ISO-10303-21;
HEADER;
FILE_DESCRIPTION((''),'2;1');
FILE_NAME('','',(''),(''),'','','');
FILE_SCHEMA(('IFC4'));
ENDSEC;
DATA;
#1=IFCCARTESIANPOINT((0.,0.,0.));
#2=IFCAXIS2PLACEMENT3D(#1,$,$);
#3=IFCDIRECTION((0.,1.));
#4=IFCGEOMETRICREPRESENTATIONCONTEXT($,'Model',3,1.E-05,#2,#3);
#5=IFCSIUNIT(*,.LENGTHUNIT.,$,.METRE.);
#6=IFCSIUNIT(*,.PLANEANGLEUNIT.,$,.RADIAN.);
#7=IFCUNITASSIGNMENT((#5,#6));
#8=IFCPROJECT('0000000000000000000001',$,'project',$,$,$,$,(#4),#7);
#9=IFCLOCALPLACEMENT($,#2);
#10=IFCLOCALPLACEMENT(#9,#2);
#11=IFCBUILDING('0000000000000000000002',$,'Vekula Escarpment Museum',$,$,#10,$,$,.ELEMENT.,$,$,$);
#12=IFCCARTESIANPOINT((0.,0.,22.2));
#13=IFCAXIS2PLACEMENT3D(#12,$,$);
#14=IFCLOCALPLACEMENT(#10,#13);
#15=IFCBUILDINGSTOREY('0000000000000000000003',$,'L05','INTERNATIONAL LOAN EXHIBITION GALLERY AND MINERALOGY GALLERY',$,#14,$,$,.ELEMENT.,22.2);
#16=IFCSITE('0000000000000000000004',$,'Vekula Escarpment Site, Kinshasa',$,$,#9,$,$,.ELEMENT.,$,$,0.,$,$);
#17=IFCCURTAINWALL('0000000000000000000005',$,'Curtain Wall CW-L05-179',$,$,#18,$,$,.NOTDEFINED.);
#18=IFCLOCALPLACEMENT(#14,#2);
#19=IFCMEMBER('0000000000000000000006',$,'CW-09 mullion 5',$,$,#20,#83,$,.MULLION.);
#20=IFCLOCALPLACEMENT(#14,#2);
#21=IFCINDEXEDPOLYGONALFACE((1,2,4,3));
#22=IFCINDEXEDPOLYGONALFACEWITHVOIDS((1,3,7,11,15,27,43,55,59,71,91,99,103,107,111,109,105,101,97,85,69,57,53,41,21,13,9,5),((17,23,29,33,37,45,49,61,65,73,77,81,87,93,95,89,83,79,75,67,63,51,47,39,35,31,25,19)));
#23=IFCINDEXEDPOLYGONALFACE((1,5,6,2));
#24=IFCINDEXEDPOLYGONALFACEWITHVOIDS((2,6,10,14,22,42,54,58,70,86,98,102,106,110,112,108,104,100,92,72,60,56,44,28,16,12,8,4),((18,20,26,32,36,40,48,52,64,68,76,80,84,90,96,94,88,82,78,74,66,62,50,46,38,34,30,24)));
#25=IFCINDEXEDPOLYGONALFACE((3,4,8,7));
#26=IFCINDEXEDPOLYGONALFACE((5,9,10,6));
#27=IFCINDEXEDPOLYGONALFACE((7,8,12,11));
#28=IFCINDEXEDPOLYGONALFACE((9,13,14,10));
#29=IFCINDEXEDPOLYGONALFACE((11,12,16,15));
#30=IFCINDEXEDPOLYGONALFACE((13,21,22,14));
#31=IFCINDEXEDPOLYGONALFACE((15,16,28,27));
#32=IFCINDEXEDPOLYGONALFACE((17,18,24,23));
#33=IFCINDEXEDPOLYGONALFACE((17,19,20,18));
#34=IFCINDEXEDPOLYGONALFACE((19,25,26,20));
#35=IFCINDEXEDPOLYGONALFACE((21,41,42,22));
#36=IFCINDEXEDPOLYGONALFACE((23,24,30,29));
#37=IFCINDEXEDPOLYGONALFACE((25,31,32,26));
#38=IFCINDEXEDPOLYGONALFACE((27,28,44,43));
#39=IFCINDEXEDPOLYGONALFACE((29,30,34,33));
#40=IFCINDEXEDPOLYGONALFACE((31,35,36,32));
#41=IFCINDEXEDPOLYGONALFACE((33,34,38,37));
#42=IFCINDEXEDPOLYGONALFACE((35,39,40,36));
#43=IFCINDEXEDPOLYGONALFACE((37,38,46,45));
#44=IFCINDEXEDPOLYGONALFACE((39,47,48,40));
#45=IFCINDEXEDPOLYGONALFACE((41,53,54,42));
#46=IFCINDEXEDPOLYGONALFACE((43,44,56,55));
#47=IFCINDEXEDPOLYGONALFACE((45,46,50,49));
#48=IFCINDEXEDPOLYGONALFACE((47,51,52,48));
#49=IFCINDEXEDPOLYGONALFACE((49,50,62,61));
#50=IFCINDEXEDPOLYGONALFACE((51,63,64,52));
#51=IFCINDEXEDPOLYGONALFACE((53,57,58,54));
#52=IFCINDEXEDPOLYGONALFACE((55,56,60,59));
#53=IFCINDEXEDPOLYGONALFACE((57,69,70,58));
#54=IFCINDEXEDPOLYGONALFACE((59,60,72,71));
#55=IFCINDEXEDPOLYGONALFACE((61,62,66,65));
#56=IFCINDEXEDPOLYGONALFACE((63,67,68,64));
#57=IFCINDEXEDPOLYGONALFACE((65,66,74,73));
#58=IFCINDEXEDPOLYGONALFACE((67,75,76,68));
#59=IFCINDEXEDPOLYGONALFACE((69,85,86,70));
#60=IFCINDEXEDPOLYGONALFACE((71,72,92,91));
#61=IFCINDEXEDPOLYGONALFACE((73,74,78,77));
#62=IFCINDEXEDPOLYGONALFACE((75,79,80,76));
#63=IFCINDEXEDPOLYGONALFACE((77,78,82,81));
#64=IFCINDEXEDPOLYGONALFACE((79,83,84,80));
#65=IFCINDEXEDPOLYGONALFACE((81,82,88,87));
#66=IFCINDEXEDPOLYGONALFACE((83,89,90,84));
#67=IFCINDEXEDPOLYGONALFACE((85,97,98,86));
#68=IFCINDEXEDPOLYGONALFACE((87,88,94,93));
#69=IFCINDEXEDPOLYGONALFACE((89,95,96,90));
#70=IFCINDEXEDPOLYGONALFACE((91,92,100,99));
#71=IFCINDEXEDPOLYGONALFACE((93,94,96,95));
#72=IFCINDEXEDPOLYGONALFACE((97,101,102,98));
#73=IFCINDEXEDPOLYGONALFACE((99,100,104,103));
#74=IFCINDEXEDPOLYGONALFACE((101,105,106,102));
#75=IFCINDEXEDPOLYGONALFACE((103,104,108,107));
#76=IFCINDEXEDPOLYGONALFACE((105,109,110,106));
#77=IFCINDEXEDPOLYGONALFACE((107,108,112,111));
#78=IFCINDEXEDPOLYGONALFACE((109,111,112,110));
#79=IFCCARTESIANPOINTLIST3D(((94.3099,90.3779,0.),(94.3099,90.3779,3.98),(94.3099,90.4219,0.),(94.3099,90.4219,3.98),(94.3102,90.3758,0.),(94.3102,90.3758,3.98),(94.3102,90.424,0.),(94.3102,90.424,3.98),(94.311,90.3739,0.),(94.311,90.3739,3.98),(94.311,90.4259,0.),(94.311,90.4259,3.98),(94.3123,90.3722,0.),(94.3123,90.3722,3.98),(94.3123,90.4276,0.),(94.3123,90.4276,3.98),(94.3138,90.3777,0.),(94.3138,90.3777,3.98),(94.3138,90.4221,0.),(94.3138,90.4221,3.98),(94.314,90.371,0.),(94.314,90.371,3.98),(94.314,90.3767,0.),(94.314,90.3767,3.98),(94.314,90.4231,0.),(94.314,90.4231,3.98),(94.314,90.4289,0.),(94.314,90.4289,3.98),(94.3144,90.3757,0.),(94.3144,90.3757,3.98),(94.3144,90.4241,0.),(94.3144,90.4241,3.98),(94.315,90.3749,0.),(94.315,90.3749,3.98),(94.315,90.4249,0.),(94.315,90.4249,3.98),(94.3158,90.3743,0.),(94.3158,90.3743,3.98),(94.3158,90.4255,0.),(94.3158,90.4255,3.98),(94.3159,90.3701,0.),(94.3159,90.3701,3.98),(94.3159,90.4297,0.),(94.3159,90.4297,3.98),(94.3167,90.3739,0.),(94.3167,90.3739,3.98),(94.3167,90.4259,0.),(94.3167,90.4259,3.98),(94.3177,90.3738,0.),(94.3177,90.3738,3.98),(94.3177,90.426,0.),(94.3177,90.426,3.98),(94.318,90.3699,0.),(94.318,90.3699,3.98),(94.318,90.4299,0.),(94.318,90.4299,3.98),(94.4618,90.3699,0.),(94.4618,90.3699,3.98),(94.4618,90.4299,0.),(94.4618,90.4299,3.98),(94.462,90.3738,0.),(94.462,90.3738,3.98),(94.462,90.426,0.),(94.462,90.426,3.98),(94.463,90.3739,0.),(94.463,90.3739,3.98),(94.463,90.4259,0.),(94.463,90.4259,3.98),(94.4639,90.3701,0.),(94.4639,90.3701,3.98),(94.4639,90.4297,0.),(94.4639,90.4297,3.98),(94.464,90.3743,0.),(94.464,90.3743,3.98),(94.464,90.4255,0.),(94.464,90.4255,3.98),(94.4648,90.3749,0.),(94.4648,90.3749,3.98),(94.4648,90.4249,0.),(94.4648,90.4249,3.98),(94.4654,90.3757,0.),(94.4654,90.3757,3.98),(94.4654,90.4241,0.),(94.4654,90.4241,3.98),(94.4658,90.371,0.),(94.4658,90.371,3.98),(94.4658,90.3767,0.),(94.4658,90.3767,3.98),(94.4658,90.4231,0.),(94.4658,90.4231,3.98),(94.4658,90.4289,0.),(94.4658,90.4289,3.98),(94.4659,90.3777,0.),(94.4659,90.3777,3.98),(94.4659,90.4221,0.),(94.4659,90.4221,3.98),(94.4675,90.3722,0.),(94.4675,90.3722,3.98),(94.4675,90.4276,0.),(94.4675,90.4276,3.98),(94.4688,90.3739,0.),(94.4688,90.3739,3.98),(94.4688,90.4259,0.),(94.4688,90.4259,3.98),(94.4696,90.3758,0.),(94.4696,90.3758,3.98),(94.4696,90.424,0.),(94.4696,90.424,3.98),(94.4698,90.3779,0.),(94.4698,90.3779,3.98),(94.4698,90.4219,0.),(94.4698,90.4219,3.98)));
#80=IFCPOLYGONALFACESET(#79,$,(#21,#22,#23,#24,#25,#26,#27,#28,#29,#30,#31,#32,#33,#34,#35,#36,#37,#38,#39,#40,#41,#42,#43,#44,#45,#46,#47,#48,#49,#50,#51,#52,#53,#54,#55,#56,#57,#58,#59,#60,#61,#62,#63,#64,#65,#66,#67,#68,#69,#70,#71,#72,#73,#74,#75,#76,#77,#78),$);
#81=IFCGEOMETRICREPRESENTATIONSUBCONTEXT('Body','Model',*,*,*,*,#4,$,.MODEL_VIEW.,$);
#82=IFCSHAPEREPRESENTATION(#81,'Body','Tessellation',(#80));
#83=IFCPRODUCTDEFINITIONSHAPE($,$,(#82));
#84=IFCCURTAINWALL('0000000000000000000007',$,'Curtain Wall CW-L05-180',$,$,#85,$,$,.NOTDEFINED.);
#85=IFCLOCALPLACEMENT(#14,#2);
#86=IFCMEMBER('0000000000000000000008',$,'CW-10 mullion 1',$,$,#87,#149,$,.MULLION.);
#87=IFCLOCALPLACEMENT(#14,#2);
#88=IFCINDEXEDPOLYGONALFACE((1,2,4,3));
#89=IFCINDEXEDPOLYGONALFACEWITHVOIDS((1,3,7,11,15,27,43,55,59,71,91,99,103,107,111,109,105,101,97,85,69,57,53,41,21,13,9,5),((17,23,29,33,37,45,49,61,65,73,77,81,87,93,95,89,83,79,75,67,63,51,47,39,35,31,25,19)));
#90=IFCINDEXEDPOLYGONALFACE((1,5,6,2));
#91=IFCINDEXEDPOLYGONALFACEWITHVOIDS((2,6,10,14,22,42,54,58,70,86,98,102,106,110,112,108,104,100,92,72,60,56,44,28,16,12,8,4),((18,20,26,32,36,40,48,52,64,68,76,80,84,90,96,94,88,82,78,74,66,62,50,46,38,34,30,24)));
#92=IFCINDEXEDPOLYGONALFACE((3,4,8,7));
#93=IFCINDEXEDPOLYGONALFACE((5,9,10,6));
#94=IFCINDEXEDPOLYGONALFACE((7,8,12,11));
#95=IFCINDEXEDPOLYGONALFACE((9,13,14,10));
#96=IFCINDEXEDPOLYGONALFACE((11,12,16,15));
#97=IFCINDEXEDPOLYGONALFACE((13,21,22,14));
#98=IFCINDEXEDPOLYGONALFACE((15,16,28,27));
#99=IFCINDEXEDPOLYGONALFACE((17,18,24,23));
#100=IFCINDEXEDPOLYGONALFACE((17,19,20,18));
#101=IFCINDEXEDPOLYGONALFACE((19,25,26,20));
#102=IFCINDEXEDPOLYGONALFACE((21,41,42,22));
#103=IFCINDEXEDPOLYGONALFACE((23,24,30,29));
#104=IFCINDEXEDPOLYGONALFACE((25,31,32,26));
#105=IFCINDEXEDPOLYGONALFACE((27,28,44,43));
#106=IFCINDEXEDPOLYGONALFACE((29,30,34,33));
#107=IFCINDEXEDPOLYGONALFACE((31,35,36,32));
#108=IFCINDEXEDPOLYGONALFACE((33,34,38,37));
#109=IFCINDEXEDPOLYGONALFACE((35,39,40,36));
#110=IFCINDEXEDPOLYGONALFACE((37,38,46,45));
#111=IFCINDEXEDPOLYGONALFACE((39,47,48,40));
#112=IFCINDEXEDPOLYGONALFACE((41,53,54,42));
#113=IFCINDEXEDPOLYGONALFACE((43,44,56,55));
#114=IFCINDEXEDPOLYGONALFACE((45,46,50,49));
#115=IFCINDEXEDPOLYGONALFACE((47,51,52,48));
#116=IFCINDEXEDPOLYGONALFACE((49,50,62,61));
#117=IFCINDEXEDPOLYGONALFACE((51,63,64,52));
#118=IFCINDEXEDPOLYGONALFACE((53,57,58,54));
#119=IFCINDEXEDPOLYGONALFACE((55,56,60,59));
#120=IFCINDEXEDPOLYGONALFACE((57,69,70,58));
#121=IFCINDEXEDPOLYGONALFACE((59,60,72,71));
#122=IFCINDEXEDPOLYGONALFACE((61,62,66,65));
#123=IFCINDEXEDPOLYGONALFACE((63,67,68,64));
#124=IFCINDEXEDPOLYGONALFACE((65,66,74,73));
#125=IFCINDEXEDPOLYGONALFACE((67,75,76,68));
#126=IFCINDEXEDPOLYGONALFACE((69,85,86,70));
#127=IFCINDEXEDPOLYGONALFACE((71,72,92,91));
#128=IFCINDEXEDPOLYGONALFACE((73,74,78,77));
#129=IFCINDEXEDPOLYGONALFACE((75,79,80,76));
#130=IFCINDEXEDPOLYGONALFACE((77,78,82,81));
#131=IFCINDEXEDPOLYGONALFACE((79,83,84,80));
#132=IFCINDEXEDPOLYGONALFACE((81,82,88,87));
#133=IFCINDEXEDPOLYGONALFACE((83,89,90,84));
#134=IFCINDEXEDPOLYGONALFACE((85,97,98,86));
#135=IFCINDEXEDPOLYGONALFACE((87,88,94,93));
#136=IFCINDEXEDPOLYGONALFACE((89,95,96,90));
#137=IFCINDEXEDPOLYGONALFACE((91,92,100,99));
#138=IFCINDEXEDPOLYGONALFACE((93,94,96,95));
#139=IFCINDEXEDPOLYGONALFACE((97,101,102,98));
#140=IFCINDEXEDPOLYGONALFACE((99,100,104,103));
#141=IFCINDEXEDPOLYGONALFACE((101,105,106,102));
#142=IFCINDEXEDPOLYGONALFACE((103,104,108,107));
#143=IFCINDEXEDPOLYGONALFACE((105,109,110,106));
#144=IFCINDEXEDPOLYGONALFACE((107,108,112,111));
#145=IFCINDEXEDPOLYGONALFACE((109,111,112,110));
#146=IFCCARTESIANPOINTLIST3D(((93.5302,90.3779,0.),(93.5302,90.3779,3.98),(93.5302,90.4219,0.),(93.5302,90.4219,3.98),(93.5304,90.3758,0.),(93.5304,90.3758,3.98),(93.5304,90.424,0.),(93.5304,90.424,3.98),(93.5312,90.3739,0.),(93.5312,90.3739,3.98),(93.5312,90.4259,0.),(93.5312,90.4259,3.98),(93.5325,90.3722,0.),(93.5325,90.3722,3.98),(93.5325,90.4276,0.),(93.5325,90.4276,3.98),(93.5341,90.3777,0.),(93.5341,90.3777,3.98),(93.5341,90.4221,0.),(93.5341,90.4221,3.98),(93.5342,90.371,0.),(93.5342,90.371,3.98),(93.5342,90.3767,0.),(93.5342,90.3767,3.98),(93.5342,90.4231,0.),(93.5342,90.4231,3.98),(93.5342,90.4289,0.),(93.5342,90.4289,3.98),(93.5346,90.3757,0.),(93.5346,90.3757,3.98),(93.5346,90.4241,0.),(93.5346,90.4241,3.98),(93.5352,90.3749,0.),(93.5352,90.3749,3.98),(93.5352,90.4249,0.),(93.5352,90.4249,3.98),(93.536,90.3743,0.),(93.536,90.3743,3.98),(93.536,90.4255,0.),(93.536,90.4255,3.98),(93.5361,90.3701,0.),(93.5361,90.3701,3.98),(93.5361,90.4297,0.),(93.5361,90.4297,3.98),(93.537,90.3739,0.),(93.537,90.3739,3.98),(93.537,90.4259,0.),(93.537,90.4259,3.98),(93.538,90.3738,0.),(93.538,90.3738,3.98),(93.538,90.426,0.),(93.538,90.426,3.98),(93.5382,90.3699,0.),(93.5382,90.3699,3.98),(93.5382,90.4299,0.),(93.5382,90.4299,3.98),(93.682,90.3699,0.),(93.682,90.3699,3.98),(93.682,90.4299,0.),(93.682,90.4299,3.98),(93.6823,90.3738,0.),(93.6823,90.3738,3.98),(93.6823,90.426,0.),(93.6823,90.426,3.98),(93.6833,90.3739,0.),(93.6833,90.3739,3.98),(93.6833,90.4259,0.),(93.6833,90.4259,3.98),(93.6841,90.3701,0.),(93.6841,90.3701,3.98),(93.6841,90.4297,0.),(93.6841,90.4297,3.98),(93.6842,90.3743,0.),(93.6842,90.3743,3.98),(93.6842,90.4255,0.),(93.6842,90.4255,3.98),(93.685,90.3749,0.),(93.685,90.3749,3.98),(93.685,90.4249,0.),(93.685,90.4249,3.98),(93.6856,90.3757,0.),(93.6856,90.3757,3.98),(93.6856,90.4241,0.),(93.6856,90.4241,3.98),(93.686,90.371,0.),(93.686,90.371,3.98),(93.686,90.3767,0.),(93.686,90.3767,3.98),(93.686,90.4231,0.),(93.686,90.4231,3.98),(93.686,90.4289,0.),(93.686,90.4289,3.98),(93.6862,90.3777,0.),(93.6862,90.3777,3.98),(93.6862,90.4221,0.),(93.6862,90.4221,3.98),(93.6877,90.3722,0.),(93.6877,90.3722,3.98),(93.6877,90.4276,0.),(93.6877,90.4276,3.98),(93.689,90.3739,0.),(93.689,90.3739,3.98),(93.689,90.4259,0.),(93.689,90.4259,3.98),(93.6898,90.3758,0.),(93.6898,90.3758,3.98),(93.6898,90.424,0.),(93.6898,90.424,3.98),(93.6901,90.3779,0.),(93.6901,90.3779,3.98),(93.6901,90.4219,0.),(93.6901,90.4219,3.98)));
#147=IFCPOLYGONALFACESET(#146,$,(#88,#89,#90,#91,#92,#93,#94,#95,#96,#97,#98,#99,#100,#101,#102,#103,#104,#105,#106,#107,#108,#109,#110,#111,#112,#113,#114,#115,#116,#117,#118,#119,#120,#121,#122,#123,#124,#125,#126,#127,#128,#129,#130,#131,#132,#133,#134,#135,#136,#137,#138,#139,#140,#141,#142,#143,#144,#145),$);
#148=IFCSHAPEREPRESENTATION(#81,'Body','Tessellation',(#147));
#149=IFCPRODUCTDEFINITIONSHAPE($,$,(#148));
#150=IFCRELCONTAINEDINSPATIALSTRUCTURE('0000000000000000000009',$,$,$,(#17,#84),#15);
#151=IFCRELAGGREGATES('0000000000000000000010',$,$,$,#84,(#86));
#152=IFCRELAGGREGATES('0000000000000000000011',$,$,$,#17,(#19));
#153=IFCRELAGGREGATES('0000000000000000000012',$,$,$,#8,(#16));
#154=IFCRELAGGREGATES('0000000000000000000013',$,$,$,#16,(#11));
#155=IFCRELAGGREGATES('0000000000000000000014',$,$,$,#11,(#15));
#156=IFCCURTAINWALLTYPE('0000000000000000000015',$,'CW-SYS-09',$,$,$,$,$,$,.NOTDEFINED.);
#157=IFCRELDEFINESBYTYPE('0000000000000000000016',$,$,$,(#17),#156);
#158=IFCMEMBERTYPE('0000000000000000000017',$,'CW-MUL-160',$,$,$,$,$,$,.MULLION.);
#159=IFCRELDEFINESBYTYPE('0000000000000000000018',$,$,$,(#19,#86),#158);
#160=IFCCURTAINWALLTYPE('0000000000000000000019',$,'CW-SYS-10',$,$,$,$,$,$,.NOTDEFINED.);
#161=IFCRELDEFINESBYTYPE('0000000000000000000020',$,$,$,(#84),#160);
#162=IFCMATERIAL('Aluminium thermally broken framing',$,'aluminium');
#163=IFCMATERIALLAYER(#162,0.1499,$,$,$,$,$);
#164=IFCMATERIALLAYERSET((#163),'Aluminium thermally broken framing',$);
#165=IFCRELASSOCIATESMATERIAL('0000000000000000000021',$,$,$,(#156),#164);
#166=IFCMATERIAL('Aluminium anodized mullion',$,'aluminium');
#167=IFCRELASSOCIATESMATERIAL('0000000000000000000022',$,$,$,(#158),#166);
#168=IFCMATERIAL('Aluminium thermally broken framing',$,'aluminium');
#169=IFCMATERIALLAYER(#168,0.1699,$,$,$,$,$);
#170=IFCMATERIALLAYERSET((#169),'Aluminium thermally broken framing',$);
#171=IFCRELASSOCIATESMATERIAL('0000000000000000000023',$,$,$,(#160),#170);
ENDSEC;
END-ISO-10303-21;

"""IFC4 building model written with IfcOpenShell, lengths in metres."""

from ifc_helpers import new_model, si_unit, direction, frame, origin, origin_2d, place, context, subcontext, project, spatial, hollow_rectangle, extrude, material, layer, layer_set, material_profile, profile_set, type_object, element, aggregate, save


model = new_model("IFC4")

# Units and contexts
model_context = context("Model", 3, precision=1e-05, world=origin(), true_north=direction((0.0, 1.0)))
body_context = subcontext(model_context, "Body", "Model", "MODEL_VIEW")
ifc_project = project(units=[si_unit("LENGTHUNIT", "METRE"), si_unit("PLANEANGLEUNIT", "RADIAN")], contexts=[model_context])

# Site, building, storey
site_placement = place(None, origin())
site = spatial("IfcSite", under=ifc_project, at=site_placement, Name="Vekula Escarpment Site, Kinshasa", CompositionType="ELEMENT", RefElevation=0.0)
building_placement = place(site_placement, origin())
building = spatial("IfcBuilding", under=site, at=building_placement, Name="Vekula Escarpment Museum", CompositionType="ELEMENT")
storey_placement = place(building_placement, frame((0.0, 0.0, 22.2)))
storey = spatial("IfcBuildingStorey", under=building, at=storey_placement, Name="L05", Description="INTERNATIONAL LOAN EXHIBITION GALLERY AND MINERALOGY GALLERY", CompositionType="ELEMENT", Elevation=22.2)

# Curtain wall, member
ifc_material_1 = material(Name="Aluminium thermally broken framing", Category="aluminium")
ifc_layer_1 = layer(ifc_material_1, 0.1499)
ifc_layer_set_1 = layer_set([ifc_layer_1], Name="Aluminium thermally broken framing")
curtain_wall_type_1 = type_object("IfcCurtainWallType", Name="CW-SYS-09", PredefinedType="NOTDEFINED", material=ifc_layer_set_1)
curtain_wall_1_placement = place(storey_placement, origin())
curtain_wall_1 = element("IfcCurtainWall", 1, at=curtain_wall_1_placement, inside=storey, type_object=curtain_wall_type_1, Name="Curtain Wall CW-L05-179", PredefinedType="NOTDEFINED")
ifc_material_2 = material(Name="Aluminium anodized mullion", Category="aluminium")
ifc_material_profile_1 = material_profile(ifc_material_2, hollow_rectangle(XDim=0.0601, YDim=0.1599, WallThickness=0.0039, InnerFilletRadius=0.0039, OuterFilletRadius=0.0081, at=origin_2d()), Name="ALU 160x60x4")
ifc_profile_set_1 = profile_set([ifc_material_profile_1], Name="Aluminium anodized mullion")
member_type_1 = type_object("IfcMemberType", Name="CW-MUL-160", PredefinedType="MULLION", material=ifc_profile_set_1)
member_1_placement = place(storey_placement, frame((94.3899, 90.3999, 0.0), z_axis=(0.0, 0.0, 1.0), x_axis=(0.0, -1.0, 0.0)))
member_1 = element("IfcMember", 2, at=member_1_placement, type_object=member_type_1, Name="CW-09 mullion 5", PredefinedType="MULLION", context=body_context, shape_type="SweptSolid", body=[
    extrude(hollow_rectangle(XDim=0.0601, YDim=0.1599, WallThickness=0.0039, InnerFilletRadius=0.0039, OuterFilletRadius=0.0081, at=origin_2d()), origin(), (0.0, 0.0, 1.0), 3.98),
])

# Curtain wall, member
ifc_material_3 = material(Name="Aluminium thermally broken framing", Category="aluminium")
ifc_layer_2 = layer(ifc_material_3, 0.1699)
ifc_layer_set_2 = layer_set([ifc_layer_2], Name="Aluminium thermally broken framing")
curtain_wall_type_2 = type_object("IfcCurtainWallType", Name="CW-SYS-10", PredefinedType="NOTDEFINED", material=ifc_layer_set_2)
curtain_wall_2_placement = place(storey_placement, origin())
curtain_wall_2 = element("IfcCurtainWall", 3, at=curtain_wall_2_placement, inside=storey, type_object=curtain_wall_type_2, Name="Curtain Wall CW-L05-180", PredefinedType="NOTDEFINED")
member_2_placement = place(storey_placement, frame((93.6101, 90.3999, 0.0), z_axis=(0.0, 0.0, 1.0), x_axis=(0.0, -1.0, 0.0)))
member_2 = element("IfcMember", 4, at=member_2_placement, type_object=member_type_1, Name="CW-10 mullion 1", PredefinedType="MULLION", context=body_context, shape_type="SweptSolid", body=[
    extrude(hollow_rectangle(XDim=0.0601, YDim=0.1599, WallThickness=0.0039, InnerFilletRadius=0.0039, OuterFilletRadius=0.0081, at=origin_2d()), origin(), (0.0, 0.0, 1.0), 3.98),
])
aggregate(curtain_wall_2, [member_2])

aggregate(curtain_wall_1, [member_1])

save(model, "model.ifc")
